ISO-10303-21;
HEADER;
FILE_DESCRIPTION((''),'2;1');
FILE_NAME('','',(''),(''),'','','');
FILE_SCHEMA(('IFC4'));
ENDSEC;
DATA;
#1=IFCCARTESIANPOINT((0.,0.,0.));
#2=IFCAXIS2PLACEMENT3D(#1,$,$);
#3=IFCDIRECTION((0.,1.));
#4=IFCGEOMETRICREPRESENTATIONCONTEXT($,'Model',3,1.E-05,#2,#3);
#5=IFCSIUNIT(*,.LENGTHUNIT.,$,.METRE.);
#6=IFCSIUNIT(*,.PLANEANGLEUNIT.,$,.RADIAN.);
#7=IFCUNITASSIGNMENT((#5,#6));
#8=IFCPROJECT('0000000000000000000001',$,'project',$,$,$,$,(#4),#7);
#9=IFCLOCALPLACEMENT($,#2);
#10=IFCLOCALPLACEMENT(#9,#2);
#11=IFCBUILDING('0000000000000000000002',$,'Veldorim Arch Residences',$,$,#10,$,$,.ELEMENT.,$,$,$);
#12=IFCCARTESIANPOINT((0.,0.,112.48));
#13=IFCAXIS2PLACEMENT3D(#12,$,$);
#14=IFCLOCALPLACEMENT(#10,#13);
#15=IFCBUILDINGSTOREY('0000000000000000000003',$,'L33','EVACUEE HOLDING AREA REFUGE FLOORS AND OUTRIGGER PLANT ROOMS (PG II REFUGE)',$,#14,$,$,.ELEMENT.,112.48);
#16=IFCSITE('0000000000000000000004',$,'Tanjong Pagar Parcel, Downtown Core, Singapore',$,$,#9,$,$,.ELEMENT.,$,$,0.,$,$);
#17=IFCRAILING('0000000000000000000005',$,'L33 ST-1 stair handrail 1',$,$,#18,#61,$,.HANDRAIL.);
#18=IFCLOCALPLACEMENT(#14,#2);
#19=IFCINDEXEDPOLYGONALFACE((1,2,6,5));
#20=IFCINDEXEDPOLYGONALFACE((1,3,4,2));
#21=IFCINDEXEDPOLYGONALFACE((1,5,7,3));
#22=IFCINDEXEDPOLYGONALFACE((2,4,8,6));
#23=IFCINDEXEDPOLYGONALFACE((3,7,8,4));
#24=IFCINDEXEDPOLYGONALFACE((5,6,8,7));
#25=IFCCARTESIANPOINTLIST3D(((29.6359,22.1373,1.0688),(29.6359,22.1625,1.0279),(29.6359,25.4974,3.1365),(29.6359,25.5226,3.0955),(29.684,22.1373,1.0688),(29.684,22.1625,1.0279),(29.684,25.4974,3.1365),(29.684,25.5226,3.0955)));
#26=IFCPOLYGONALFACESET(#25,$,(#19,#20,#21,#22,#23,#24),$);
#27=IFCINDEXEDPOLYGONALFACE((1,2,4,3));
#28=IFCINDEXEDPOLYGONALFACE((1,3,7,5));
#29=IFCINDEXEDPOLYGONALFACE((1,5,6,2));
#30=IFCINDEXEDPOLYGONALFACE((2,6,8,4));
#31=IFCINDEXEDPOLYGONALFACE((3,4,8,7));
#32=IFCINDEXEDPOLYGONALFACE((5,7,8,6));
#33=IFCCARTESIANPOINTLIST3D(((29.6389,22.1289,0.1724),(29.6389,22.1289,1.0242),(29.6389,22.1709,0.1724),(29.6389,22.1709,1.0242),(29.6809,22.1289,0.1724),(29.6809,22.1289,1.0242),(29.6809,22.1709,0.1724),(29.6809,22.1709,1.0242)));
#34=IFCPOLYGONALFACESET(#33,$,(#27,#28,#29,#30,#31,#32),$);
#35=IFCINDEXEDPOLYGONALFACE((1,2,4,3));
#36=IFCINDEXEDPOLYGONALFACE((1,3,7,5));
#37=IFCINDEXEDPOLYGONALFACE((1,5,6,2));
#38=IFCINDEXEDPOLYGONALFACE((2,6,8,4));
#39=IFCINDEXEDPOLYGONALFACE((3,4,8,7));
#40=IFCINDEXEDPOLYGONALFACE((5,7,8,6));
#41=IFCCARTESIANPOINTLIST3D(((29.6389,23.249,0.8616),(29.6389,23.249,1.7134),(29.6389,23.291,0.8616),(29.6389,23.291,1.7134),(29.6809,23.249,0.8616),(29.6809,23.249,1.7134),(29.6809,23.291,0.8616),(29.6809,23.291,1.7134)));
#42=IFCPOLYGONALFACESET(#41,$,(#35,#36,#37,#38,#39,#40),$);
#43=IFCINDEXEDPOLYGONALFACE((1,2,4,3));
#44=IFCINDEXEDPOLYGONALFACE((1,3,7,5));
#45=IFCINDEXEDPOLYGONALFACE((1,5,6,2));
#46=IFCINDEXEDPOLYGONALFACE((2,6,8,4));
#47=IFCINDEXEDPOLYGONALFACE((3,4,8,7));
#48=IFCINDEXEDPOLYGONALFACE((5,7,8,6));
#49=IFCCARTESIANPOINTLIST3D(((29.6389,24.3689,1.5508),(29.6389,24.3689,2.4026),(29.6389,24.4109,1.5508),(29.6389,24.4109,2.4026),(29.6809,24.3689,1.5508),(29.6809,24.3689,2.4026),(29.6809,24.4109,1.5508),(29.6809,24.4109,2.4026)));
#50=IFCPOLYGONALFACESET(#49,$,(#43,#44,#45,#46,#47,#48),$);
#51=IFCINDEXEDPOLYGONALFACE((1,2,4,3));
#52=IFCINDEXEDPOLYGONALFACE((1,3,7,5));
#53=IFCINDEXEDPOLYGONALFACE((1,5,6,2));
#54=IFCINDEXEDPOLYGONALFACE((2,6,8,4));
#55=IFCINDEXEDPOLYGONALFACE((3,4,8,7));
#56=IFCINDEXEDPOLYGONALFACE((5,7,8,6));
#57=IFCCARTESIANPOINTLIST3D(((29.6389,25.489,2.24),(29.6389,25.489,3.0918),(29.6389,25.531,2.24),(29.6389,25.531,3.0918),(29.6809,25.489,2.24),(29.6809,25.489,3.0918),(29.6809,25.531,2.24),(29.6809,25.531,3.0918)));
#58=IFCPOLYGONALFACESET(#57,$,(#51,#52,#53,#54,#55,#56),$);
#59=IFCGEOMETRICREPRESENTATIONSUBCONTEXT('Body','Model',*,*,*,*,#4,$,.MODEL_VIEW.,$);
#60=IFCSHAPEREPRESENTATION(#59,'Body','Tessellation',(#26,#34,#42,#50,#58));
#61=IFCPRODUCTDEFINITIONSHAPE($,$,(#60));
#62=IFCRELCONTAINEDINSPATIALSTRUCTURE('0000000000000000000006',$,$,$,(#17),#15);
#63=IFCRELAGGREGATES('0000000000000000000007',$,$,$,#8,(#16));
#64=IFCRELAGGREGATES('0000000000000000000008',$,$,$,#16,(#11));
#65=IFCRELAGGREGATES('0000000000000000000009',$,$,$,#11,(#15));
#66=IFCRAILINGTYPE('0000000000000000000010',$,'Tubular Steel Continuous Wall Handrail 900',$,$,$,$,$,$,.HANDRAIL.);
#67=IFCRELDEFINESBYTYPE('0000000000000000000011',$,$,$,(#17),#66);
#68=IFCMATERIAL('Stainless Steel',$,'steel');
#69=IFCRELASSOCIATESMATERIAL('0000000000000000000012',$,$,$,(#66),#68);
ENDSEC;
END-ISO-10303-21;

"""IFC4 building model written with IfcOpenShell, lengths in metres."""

from ifc_helpers import new_model, si_unit, direction, frame, origin, origin_2d, place, context, subcontext, project, spatial, rectangle, extrude, material, type_object, element, save


model = new_model("IFC4")

# Units and contexts
model_context = context("Model", 3, precision=1e-05, world=origin(), true_north=direction((0.0, 1.0)))
body_context = subcontext(model_context, "Body", "Model", "MODEL_VIEW")
ifc_project = project(units=[si_unit("LENGTHUNIT", "METRE"), si_unit("PLANEANGLEUNIT", "RADIAN")], contexts=[model_context])

# Site, building, storey
site_placement = place(None, origin())
site = spatial("IfcSite", under=ifc_project, at=site_placement, Name="Tanjong Pagar Parcel, Downtown Core, Singapore", CompositionType="ELEMENT", RefElevation=0.0)
building_placement = place(site_placement, origin())
building = spatial("IfcBuilding", under=site, at=building_placement, Name="Veldorim Arch Residences", CompositionType="ELEMENT")
storey_placement = place(building_placement, frame((0.0, 0.0, 112.48)))
storey = spatial("IfcBuildingStorey", under=building, at=storey_placement, Name="L33", Description="EVACUEE HOLDING AREA REFUGE FLOORS AND OUTRIGGER PLANT ROOMS (PG II REFUGE)", CompositionType="ELEMENT", Elevation=112.48)

# Railing
ifc_material_1 = material(Name="Stainless Steel", Category="steel")
railing_type_1 = type_object("IfcRailingType", Name="Tubular Steel Continuous Wall Handrail 900", PredefinedType="HANDRAIL", material=ifc_material_1)
railing_1_placement = place(storey_placement, frame((29.6599, 22.1499, 0.1724)))
element("IfcRailing", 1, at=railing_1_placement, inside=storey, type_object=railing_type_1, Name="L33 ST-1 stair handrail 1", PredefinedType="HANDRAIL", context=body_context, shape_type="SweptSolid", body=[
    extrude(rectangle(XDim=0.0481, YDim=0.0481, at=origin_2d()), frame((0.0, 0.0, 0.876), z_axis=(0.0, 0.851673, 0.524073), x_axis=(-1.0, 0.0, 0.0)), (0.0, 0.0, 1.0), 3.9453),
    extrude(rectangle(XDim=0.042, YDim=0.042, at=origin_2d()), origin(), (0.0, 0.0, 1.0), 0.8518),
    extrude(rectangle(XDim=0.042, YDim=0.042, at=origin_2d()), frame((0.0, 1.1201, 0.6892)), (0.0, 0.0, 1.0), 0.8518),
    extrude(rectangle(XDim=0.042, YDim=0.042, at=origin_2d()), frame((0.0, 2.24, 1.3784)), (0.0, 0.0, 1.0), 0.8518),
    extrude(rectangle(XDim=0.042, YDim=0.042, at=origin_2d()), frame((0.0, 3.3601, 2.0676)), (0.0, 0.0, 1.0), 0.8518),
])

save(model, "model.ifc")
